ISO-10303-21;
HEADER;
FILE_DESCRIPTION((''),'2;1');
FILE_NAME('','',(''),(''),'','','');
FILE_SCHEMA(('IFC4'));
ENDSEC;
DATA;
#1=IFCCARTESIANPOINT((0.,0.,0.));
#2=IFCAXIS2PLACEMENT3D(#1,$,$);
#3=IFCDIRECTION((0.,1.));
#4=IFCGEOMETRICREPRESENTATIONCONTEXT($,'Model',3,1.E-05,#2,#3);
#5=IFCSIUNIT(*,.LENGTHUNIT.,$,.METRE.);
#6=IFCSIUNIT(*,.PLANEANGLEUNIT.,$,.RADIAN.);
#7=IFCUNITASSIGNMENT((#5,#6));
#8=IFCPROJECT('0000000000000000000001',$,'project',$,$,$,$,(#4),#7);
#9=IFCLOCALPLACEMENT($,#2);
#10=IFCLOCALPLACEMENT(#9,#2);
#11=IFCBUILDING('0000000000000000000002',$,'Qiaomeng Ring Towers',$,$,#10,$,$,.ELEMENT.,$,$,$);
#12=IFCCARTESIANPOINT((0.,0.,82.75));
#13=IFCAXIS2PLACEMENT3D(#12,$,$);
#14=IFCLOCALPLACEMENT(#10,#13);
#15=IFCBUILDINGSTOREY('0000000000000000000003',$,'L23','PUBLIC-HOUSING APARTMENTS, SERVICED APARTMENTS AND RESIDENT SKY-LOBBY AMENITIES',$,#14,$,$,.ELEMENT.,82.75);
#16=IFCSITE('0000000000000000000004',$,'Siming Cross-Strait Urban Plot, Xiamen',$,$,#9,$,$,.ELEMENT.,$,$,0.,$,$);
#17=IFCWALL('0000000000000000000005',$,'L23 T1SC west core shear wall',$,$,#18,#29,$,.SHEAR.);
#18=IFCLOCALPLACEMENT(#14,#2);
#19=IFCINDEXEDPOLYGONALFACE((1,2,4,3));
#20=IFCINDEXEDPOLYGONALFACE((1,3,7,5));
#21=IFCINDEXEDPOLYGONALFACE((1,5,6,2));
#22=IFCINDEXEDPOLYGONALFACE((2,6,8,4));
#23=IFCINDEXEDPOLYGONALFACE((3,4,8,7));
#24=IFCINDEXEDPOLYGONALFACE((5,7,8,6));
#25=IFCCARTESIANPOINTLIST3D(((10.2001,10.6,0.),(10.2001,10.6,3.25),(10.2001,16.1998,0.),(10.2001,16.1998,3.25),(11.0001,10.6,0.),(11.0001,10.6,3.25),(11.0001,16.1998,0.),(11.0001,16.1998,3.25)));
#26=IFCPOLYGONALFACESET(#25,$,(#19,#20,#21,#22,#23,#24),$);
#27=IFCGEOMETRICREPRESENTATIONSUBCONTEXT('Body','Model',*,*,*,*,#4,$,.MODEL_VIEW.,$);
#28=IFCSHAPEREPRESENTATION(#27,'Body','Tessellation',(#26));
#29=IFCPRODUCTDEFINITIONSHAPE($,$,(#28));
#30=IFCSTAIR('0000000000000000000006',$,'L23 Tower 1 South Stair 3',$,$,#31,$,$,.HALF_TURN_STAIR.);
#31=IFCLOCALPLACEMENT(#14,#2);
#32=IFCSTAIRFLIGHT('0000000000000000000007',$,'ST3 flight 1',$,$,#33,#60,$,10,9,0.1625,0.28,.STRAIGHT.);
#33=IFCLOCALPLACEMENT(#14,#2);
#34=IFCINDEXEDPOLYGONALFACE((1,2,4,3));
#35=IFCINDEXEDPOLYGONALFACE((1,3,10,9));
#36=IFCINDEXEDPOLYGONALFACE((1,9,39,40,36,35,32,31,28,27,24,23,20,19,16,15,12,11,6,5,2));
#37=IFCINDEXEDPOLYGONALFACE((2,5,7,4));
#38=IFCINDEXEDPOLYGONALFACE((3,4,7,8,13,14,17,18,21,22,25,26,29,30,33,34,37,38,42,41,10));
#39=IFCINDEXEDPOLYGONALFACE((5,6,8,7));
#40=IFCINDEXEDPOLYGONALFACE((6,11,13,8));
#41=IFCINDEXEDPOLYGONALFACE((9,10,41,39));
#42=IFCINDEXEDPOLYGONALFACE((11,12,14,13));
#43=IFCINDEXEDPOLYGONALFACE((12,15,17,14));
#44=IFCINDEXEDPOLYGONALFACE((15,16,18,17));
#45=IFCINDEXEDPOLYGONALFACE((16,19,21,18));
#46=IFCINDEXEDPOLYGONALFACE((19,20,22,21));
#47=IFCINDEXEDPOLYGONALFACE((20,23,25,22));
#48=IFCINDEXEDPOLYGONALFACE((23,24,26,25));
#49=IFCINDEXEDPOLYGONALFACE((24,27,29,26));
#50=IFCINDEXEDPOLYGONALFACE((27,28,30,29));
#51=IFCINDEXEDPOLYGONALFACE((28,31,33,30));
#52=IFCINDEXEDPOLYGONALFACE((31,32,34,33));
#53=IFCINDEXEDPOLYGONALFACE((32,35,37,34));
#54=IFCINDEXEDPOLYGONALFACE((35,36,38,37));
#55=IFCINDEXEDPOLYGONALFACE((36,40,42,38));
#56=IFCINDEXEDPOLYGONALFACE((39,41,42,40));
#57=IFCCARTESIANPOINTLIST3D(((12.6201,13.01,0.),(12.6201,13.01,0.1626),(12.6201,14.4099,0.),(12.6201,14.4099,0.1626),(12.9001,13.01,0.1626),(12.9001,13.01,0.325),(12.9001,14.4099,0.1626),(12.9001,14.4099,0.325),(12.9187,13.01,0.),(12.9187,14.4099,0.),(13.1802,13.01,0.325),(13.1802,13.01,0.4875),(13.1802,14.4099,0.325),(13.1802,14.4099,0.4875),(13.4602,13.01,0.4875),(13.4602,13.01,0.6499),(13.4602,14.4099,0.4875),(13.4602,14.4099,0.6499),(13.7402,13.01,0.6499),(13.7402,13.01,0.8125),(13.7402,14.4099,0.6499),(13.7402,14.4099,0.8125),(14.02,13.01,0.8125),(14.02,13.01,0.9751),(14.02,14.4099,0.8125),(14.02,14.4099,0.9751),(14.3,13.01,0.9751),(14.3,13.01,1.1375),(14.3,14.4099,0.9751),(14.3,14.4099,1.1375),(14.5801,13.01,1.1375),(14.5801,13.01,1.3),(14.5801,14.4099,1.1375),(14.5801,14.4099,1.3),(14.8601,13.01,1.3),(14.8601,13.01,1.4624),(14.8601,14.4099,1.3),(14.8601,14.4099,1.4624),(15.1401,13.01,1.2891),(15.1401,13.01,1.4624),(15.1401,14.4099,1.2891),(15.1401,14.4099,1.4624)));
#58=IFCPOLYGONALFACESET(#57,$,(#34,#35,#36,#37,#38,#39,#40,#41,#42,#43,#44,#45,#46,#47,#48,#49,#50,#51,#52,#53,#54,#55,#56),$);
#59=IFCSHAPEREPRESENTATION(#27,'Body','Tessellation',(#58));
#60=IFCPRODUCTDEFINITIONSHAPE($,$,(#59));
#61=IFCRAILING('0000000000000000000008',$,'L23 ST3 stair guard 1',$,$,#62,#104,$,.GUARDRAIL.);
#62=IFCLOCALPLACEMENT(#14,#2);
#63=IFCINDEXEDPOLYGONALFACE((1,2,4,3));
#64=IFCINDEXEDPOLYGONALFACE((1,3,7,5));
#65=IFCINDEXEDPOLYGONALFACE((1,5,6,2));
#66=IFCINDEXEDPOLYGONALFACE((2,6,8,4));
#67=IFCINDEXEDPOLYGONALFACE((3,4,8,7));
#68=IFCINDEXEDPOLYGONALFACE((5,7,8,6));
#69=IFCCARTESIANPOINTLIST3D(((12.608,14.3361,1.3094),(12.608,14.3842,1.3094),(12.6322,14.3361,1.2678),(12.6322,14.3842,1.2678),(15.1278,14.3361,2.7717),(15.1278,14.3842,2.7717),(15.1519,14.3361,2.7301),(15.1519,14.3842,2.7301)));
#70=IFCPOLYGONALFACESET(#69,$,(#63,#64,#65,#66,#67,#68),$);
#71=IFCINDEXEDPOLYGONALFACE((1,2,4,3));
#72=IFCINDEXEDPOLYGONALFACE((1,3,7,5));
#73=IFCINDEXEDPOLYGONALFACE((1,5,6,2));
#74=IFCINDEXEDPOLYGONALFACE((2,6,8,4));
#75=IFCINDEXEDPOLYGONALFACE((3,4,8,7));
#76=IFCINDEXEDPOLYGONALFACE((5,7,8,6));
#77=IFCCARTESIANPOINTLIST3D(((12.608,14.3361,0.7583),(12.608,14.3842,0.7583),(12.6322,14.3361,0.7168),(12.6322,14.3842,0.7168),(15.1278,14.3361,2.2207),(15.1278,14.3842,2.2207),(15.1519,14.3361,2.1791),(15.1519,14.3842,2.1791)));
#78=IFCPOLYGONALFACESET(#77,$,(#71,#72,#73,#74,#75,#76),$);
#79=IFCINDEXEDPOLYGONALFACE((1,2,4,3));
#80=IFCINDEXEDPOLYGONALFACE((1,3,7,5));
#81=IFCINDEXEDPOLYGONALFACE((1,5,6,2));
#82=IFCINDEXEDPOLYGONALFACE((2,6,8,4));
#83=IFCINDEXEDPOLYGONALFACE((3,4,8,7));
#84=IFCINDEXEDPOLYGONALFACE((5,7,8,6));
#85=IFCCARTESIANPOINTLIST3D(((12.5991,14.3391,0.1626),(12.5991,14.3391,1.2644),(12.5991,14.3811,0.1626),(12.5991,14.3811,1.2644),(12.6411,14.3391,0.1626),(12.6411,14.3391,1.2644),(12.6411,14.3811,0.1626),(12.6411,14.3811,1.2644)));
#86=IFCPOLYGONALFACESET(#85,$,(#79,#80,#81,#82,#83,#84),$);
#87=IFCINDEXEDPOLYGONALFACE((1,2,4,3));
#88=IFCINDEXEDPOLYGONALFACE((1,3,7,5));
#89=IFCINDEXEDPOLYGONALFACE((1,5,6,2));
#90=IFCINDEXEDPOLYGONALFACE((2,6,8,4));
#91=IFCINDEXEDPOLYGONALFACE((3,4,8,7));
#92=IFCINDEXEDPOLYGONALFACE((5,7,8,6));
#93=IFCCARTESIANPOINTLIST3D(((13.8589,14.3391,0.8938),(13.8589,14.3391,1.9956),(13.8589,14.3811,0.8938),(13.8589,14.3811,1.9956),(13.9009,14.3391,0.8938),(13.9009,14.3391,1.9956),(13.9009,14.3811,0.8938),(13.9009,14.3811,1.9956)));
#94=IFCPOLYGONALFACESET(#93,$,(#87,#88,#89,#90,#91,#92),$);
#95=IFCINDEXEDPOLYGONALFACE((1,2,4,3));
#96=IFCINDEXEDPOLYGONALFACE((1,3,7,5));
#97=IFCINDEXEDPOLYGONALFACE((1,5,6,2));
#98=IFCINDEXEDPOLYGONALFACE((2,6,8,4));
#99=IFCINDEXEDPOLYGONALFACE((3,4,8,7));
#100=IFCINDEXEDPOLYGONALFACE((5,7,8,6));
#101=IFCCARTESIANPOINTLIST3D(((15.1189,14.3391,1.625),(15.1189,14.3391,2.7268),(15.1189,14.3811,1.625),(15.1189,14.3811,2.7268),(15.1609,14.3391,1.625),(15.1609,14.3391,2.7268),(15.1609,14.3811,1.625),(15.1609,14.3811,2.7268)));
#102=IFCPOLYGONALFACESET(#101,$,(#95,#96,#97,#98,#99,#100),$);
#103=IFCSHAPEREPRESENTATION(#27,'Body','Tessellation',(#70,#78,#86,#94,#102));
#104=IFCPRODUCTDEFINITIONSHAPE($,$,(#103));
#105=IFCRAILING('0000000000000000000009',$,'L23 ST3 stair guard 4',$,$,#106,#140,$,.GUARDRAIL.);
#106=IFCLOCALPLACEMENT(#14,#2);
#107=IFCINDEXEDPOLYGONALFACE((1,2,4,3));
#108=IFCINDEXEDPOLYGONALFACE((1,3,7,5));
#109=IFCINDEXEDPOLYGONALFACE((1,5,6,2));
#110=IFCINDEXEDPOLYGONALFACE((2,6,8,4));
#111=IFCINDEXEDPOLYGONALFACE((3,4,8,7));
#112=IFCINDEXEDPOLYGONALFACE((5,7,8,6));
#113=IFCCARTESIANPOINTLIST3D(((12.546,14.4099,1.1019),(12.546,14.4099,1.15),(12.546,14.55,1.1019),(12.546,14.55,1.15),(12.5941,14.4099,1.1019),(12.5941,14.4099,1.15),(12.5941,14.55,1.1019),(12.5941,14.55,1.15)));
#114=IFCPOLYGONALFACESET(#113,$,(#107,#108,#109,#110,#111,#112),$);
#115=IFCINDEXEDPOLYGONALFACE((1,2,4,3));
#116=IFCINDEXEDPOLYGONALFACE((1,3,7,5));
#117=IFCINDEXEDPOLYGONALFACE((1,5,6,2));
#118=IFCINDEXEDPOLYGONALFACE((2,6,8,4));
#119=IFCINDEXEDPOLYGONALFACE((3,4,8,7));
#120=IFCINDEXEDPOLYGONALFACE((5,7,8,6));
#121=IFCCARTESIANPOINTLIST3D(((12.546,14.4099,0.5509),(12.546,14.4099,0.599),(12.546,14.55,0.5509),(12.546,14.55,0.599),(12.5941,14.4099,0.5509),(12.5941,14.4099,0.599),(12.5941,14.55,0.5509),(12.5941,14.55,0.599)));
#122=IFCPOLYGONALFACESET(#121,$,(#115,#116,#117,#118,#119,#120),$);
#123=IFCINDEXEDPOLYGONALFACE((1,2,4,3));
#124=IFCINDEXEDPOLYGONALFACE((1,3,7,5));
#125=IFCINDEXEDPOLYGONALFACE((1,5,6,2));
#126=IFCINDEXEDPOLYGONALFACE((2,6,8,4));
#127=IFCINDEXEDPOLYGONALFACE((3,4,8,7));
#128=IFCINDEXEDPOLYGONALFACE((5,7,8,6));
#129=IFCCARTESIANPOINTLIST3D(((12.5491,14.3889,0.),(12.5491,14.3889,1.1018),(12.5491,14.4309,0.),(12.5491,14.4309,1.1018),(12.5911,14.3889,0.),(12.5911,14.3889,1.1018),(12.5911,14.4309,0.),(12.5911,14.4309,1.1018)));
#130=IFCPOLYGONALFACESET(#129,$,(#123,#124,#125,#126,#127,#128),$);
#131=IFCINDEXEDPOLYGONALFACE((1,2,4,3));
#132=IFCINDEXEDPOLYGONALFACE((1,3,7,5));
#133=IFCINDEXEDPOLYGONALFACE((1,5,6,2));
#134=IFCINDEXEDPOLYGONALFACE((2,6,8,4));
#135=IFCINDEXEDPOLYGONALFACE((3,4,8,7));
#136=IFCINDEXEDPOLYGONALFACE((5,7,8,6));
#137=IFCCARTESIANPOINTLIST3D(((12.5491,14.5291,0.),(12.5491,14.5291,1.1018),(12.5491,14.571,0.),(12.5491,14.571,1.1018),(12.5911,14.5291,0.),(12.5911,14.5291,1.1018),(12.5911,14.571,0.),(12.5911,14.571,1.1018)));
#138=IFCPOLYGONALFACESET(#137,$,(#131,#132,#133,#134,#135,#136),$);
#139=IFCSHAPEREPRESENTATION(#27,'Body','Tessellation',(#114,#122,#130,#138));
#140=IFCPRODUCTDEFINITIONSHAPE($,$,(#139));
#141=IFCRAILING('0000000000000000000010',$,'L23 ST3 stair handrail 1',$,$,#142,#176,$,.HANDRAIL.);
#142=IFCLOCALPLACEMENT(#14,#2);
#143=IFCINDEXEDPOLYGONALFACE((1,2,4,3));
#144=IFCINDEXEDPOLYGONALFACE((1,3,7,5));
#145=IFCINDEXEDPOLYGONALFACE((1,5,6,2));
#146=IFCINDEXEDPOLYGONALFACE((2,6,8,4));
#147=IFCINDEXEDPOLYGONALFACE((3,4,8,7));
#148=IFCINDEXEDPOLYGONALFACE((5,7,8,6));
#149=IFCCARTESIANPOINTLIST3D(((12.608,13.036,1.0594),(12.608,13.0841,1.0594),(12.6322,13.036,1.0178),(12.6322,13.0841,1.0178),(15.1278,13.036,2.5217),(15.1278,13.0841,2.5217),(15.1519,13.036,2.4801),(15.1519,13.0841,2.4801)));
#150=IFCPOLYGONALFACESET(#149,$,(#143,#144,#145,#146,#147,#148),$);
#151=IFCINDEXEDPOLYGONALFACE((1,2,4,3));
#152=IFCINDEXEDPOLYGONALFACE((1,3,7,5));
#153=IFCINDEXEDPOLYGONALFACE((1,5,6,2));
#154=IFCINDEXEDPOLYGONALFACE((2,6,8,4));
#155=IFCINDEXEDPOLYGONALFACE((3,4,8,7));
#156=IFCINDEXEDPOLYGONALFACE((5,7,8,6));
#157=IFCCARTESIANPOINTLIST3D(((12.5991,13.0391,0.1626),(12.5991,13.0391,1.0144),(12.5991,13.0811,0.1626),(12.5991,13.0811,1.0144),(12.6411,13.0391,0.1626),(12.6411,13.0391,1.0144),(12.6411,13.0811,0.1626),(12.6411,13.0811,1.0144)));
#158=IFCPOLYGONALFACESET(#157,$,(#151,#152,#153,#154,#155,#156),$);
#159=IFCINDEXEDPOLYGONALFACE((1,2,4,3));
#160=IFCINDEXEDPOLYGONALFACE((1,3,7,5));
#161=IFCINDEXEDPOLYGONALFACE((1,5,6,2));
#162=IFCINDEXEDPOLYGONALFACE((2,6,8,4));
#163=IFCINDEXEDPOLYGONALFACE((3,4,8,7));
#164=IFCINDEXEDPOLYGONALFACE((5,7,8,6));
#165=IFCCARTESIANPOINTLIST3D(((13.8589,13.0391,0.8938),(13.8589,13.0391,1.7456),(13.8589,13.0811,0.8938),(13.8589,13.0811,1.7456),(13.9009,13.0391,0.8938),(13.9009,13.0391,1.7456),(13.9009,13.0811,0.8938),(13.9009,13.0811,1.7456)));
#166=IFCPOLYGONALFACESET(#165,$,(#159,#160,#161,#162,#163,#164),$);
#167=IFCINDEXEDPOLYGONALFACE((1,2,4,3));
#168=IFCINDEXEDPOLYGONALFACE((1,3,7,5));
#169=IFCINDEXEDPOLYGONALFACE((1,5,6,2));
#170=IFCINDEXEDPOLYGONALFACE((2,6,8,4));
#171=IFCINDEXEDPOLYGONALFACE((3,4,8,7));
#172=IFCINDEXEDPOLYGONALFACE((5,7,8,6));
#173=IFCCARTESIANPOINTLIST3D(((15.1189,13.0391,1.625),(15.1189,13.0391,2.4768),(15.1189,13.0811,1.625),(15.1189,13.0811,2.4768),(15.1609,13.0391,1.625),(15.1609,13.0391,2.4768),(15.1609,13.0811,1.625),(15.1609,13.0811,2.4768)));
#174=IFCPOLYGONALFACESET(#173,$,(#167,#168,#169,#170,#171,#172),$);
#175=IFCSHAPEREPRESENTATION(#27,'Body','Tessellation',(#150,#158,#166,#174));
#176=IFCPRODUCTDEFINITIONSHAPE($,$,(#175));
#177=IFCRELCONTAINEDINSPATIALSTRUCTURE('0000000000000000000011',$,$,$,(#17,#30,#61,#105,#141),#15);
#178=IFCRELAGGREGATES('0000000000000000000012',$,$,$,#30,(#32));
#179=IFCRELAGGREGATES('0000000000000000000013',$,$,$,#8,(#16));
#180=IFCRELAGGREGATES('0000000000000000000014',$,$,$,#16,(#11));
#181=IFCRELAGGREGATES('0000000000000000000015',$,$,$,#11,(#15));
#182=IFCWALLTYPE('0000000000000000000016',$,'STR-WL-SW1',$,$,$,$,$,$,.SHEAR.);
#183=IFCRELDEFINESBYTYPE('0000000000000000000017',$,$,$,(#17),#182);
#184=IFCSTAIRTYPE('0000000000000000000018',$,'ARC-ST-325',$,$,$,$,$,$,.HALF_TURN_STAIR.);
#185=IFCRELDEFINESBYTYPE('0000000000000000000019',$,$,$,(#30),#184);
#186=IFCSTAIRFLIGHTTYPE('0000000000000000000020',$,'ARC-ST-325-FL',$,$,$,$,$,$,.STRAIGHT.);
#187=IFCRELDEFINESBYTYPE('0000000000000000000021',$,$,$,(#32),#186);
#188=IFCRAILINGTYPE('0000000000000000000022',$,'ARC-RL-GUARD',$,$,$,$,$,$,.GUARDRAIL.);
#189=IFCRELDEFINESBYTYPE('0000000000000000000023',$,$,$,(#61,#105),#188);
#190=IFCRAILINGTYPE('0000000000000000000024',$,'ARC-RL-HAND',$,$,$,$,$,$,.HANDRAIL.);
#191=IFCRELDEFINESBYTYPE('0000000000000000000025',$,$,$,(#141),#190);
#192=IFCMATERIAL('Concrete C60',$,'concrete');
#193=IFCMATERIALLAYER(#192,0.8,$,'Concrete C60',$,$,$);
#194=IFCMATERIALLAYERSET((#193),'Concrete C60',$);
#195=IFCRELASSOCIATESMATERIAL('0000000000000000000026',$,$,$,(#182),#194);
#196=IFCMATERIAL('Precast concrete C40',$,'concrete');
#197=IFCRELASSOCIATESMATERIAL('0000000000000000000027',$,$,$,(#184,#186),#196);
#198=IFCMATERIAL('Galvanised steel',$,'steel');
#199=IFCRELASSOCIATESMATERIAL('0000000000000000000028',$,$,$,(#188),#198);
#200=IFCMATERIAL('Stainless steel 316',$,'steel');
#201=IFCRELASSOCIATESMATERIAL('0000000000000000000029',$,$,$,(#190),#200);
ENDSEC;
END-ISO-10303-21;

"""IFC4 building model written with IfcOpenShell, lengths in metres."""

from ifc_helpers import new_model, si_unit, direction, frame, frame_2d, origin, origin_2d, place, context, subcontext, project, spatial, polyline, rectangle, outline, extrude, source, transform, mapped, material, layer, layer_set, type_object, element, aggregate, save


model = new_model("IFC4")

# Units and contexts
model_context = context("Model", 3, precision=1e-05, world=origin(), true_north=direction((0.0, 1.0)))
body_context = subcontext(model_context, "Body", "Model", "MODEL_VIEW")
ifc_project = project(units=[si_unit("LENGTHUNIT", "METRE"), si_unit("PLANEANGLEUNIT", "RADIAN")], contexts=[model_context])

# Site, building, storey
site_placement = place(None, origin())
site = spatial("IfcSite", under=ifc_project, at=site_placement, Name="Siming Cross-Strait Urban Plot, Xiamen", CompositionType="ELEMENT", RefElevation=0.0)
building_placement = place(site_placement, origin())
building = spatial("IfcBuilding", under=site, at=building_placement, Name="Qiaomeng Ring Towers", CompositionType="ELEMENT")
storey_placement = place(building_placement, frame((0.0, 0.0, 82.75)))
storey = spatial("IfcBuildingStorey", under=building, at=storey_placement, Name="L23", Description="PUBLIC-HOUSING APARTMENTS, SERVICED APARTMENTS AND RESIDENT SKY-LOBBY AMENITIES", CompositionType="ELEMENT", Elevation=82.75)

# Shared definitions
ifc_material_1 = material(Name="Galvanised steel", Category="steel")

# Shared definitions
ifc_material_2 = material(Name="Concrete C60", Category="concrete")
ifc_layer_1 = layer(ifc_material_2, 0.8, Name="Concrete C60")
ifc_layer_set_1 = layer_set([ifc_layer_1], Name="Concrete C60")
wall_type_1 = type_object("IfcWallType", Name="STR-WL-SW1", PredefinedType="SHEAR", material=ifc_layer_set_1)
ifc_material_3 = material(Name="Stainless steel 316", Category="steel")

# Wall
wall_1_placement = place(storey_placement, frame((10.6001, 10.6001, 0.0), z_axis=(0.0, 0.0, 1.0), x_axis=(0.0, 1.0, 0.0)))
element("IfcWall", 1, at=wall_1_placement, inside=storey, type_object=wall_type_1, Name="L23 T1SC west core shear wall", PredefinedType="SHEAR", context=body_context, shape_type="SweptSolid", body=[
    extrude(rectangle(XDim=5.5999, YDim=0.8, at=frame_2d((2.7998, 0.0))), origin(), (0.0, 0.0, 1.0), 3.25),
])

# Stair, stair flight
ifc_material_4 = material(Name="Precast concrete C40", Category="concrete")
stair_type = type_object("IfcStairType", Name="ARC-ST-325", PredefinedType="HALF_TURN_STAIR", material=ifc_material_4)
stair_placement = place(storey_placement, origin())
stair = element("IfcStair", 2, at=stair_placement, inside=storey, type_object=stair_type, Name="L23 Tower 1 South Stair 3", PredefinedType="HALF_TURN_STAIR")
stair_flight_type = type_object("IfcStairFlightType", Name="ARC-ST-325-FL", PredefinedType="STRAIGHT", material=ifc_material_4)
shared_shape_1 = source(origin(), body_context, "Body", "SweptSolid", [
    extrude(outline(polyline([(0.0, 0.0), (0.0, 0.1626), (0.28, 0.1626), (0.28, 0.325), (0.5601, 0.325), (0.5601, 0.4875), (0.8401, 0.4875), (0.8401, 0.6499), (1.1201, 0.6499), (1.1201, 0.8125), (1.3999, 0.8125), (1.3999, 0.9751), (1.6799, 0.9751), (1.6799, 1.1375), (1.96, 1.1375), (1.96, 1.3), (2.24, 1.3), (2.24, 1.4624), (2.52, 1.4624), (2.52, 1.625), (2.52, 1.2891), (0.2986, 0.0), (0.0, 0.0)])), frame((0.0, 0.7, 0.0), z_axis=(0.0, -1.0, 0.0), x_axis=(1.0, 0.0, 0.0)), (0.0, 0.0, 1.0), 1.3999),
])
stair_flight_placement = place(storey_placement, frame((12.6201, 13.71, 0.0), z_axis=(0.0, 0.0, 1.0), x_axis=(1.0, 0.0, 0.0)))
stair_flight = element("IfcStairFlight", 3, at=stair_flight_placement, type_object=stair_flight_type, Name="ST3 flight 1", NumberOfRisers=10, NumberOfTreads=9, PredefinedType="STRAIGHT", RiserHeight=0.1625, TreadLength=0.28, context=body_context, shape_type="MappedRepresentation", body=[
    mapped(shared_shape_1, transform((0.0, 0.0, 0.0), x_axis=(1.0, 0.0, 0.0), y_axis=(0.0, 1.0, 0.0), z_axis=(0.0, 0.0, 1.0), scale=1.0)),
])
aggregate(stair, [stair_flight])

# Railings
railing_type_1 = type_object("IfcRailingType", Name="ARC-RL-GUARD", PredefinedType="GUARDRAIL", material=ifc_material_1)
railing_1_placement = place(storey_placement, frame((12.6201, 14.3601, 0.1626)))
element("IfcRailing", 4, at=railing_1_placement, inside=storey, type_object=railing_type_1, Name="L23 ST3 stair guard 1", PredefinedType="GUARDRAIL", context=body_context, shape_type="SweptSolid", body=[
    extrude(rectangle(XDim=0.0481, YDim=0.0481, at=origin_2d()), frame((0.0, 0.0, 1.126), z_axis=(0.864892, 0.0, 0.501958), x_axis=(0.0, 1.0, 0.0)), (0.0, 0.0, 1.0), 2.9133),
    extrude(rectangle(XDim=0.0481, YDim=0.0481, at=origin_2d()), frame((0.0, 0.0, 0.575), z_axis=(0.864892, 0.0, 0.501958), x_axis=(0.0, 1.0, 0.0)), (0.0, 0.0, 1.0), 2.9133),
    extrude(rectangle(XDim=0.042, YDim=0.042, at=origin_2d()), origin(), (0.0, 0.0, 1.0), 1.1018),
    extrude(rectangle(XDim=0.042, YDim=0.042, at=origin_2d()), frame((1.2598, 0.0, 0.7312)), (0.0, 0.0, 1.0), 1.1018),
    extrude(rectangle(XDim=0.042, YDim=0.042, at=origin_2d()), frame((2.5198, 0.0, 1.4624)), (0.0, 0.0, 1.0), 1.1018),
])
railing_2_placement = place(storey_placement, frame((12.5701, 14.4099, 0.0)))
element("IfcRailing", 5, at=railing_2_placement, inside=storey, type_object=railing_type_1, Name="L23 ST3 stair guard 4", PredefinedType="GUARDRAIL", context=body_context, shape_type="SweptSolid", body=[
    extrude(rectangle(XDim=0.0481, YDim=0.0481, at=origin_2d()), frame((0.0, 0.0, 1.126), z_axis=(0.0, 1.0, 0.0), x_axis=(-1.0, 0.0, 0.0)), (0.0, 0.0, 1.0), 0.1401),
    extrude(rectangle(XDim=0.0481, YDim=0.0481, at=origin_2d()), frame((0.0, 0.0, 0.575), z_axis=(0.0, 1.0, 0.0), x_axis=(-1.0, 0.0, 0.0)), (0.0, 0.0, 1.0), 0.1401),
    extrude(rectangle(XDim=0.042, YDim=0.042, at=origin_2d()), origin(), (0.0, 0.0, 1.0), 1.1018),
    extrude(rectangle(XDim=0.042, YDim=0.042, at=origin_2d()), frame((0.0, 0.1401, 0.0)), (0.0, 0.0, 1.0), 1.1018),
])
railing_type_2 = type_object("IfcRailingType", Name="ARC-RL-HAND", PredefinedType="HANDRAIL", material=ifc_material_3)
railing_3_placement = place(storey_placement, frame((12.6201, 13.0601, 0.1626)))
element("IfcRailing", 6, at=railing_3_placement, inside=storey, type_object=railing_type_2, Name="L23 ST3 stair handrail 1", PredefinedType="HANDRAIL", context=body_context, shape_type="SweptSolid", body=[
    extrude(rectangle(XDim=0.0481, YDim=0.0481, at=origin_2d()), frame((0.0, 0.0, 0.876), z_axis=(0.864892, 0.0, 0.501958), x_axis=(0.0, 1.0, 0.0)), (0.0, 0.0, 1.0), 2.9133),
    extrude(rectangle(XDim=0.042, YDim=0.042, at=origin_2d()), origin(), (0.0, 0.0, 1.0), 0.8518),
    extrude(rectangle(XDim=0.042, YDim=0.042, at=origin_2d()), frame((1.2598, 0.0, 0.7312)), (0.0, 0.0, 1.0), 0.8518),
    extrude(rectangle(XDim=0.042, YDim=0.042, at=origin_2d()), frame((2.5198, 0.0, 1.4624)), (0.0, 0.0, 1.0), 0.8518),
])

save(model, "model.ifc")
